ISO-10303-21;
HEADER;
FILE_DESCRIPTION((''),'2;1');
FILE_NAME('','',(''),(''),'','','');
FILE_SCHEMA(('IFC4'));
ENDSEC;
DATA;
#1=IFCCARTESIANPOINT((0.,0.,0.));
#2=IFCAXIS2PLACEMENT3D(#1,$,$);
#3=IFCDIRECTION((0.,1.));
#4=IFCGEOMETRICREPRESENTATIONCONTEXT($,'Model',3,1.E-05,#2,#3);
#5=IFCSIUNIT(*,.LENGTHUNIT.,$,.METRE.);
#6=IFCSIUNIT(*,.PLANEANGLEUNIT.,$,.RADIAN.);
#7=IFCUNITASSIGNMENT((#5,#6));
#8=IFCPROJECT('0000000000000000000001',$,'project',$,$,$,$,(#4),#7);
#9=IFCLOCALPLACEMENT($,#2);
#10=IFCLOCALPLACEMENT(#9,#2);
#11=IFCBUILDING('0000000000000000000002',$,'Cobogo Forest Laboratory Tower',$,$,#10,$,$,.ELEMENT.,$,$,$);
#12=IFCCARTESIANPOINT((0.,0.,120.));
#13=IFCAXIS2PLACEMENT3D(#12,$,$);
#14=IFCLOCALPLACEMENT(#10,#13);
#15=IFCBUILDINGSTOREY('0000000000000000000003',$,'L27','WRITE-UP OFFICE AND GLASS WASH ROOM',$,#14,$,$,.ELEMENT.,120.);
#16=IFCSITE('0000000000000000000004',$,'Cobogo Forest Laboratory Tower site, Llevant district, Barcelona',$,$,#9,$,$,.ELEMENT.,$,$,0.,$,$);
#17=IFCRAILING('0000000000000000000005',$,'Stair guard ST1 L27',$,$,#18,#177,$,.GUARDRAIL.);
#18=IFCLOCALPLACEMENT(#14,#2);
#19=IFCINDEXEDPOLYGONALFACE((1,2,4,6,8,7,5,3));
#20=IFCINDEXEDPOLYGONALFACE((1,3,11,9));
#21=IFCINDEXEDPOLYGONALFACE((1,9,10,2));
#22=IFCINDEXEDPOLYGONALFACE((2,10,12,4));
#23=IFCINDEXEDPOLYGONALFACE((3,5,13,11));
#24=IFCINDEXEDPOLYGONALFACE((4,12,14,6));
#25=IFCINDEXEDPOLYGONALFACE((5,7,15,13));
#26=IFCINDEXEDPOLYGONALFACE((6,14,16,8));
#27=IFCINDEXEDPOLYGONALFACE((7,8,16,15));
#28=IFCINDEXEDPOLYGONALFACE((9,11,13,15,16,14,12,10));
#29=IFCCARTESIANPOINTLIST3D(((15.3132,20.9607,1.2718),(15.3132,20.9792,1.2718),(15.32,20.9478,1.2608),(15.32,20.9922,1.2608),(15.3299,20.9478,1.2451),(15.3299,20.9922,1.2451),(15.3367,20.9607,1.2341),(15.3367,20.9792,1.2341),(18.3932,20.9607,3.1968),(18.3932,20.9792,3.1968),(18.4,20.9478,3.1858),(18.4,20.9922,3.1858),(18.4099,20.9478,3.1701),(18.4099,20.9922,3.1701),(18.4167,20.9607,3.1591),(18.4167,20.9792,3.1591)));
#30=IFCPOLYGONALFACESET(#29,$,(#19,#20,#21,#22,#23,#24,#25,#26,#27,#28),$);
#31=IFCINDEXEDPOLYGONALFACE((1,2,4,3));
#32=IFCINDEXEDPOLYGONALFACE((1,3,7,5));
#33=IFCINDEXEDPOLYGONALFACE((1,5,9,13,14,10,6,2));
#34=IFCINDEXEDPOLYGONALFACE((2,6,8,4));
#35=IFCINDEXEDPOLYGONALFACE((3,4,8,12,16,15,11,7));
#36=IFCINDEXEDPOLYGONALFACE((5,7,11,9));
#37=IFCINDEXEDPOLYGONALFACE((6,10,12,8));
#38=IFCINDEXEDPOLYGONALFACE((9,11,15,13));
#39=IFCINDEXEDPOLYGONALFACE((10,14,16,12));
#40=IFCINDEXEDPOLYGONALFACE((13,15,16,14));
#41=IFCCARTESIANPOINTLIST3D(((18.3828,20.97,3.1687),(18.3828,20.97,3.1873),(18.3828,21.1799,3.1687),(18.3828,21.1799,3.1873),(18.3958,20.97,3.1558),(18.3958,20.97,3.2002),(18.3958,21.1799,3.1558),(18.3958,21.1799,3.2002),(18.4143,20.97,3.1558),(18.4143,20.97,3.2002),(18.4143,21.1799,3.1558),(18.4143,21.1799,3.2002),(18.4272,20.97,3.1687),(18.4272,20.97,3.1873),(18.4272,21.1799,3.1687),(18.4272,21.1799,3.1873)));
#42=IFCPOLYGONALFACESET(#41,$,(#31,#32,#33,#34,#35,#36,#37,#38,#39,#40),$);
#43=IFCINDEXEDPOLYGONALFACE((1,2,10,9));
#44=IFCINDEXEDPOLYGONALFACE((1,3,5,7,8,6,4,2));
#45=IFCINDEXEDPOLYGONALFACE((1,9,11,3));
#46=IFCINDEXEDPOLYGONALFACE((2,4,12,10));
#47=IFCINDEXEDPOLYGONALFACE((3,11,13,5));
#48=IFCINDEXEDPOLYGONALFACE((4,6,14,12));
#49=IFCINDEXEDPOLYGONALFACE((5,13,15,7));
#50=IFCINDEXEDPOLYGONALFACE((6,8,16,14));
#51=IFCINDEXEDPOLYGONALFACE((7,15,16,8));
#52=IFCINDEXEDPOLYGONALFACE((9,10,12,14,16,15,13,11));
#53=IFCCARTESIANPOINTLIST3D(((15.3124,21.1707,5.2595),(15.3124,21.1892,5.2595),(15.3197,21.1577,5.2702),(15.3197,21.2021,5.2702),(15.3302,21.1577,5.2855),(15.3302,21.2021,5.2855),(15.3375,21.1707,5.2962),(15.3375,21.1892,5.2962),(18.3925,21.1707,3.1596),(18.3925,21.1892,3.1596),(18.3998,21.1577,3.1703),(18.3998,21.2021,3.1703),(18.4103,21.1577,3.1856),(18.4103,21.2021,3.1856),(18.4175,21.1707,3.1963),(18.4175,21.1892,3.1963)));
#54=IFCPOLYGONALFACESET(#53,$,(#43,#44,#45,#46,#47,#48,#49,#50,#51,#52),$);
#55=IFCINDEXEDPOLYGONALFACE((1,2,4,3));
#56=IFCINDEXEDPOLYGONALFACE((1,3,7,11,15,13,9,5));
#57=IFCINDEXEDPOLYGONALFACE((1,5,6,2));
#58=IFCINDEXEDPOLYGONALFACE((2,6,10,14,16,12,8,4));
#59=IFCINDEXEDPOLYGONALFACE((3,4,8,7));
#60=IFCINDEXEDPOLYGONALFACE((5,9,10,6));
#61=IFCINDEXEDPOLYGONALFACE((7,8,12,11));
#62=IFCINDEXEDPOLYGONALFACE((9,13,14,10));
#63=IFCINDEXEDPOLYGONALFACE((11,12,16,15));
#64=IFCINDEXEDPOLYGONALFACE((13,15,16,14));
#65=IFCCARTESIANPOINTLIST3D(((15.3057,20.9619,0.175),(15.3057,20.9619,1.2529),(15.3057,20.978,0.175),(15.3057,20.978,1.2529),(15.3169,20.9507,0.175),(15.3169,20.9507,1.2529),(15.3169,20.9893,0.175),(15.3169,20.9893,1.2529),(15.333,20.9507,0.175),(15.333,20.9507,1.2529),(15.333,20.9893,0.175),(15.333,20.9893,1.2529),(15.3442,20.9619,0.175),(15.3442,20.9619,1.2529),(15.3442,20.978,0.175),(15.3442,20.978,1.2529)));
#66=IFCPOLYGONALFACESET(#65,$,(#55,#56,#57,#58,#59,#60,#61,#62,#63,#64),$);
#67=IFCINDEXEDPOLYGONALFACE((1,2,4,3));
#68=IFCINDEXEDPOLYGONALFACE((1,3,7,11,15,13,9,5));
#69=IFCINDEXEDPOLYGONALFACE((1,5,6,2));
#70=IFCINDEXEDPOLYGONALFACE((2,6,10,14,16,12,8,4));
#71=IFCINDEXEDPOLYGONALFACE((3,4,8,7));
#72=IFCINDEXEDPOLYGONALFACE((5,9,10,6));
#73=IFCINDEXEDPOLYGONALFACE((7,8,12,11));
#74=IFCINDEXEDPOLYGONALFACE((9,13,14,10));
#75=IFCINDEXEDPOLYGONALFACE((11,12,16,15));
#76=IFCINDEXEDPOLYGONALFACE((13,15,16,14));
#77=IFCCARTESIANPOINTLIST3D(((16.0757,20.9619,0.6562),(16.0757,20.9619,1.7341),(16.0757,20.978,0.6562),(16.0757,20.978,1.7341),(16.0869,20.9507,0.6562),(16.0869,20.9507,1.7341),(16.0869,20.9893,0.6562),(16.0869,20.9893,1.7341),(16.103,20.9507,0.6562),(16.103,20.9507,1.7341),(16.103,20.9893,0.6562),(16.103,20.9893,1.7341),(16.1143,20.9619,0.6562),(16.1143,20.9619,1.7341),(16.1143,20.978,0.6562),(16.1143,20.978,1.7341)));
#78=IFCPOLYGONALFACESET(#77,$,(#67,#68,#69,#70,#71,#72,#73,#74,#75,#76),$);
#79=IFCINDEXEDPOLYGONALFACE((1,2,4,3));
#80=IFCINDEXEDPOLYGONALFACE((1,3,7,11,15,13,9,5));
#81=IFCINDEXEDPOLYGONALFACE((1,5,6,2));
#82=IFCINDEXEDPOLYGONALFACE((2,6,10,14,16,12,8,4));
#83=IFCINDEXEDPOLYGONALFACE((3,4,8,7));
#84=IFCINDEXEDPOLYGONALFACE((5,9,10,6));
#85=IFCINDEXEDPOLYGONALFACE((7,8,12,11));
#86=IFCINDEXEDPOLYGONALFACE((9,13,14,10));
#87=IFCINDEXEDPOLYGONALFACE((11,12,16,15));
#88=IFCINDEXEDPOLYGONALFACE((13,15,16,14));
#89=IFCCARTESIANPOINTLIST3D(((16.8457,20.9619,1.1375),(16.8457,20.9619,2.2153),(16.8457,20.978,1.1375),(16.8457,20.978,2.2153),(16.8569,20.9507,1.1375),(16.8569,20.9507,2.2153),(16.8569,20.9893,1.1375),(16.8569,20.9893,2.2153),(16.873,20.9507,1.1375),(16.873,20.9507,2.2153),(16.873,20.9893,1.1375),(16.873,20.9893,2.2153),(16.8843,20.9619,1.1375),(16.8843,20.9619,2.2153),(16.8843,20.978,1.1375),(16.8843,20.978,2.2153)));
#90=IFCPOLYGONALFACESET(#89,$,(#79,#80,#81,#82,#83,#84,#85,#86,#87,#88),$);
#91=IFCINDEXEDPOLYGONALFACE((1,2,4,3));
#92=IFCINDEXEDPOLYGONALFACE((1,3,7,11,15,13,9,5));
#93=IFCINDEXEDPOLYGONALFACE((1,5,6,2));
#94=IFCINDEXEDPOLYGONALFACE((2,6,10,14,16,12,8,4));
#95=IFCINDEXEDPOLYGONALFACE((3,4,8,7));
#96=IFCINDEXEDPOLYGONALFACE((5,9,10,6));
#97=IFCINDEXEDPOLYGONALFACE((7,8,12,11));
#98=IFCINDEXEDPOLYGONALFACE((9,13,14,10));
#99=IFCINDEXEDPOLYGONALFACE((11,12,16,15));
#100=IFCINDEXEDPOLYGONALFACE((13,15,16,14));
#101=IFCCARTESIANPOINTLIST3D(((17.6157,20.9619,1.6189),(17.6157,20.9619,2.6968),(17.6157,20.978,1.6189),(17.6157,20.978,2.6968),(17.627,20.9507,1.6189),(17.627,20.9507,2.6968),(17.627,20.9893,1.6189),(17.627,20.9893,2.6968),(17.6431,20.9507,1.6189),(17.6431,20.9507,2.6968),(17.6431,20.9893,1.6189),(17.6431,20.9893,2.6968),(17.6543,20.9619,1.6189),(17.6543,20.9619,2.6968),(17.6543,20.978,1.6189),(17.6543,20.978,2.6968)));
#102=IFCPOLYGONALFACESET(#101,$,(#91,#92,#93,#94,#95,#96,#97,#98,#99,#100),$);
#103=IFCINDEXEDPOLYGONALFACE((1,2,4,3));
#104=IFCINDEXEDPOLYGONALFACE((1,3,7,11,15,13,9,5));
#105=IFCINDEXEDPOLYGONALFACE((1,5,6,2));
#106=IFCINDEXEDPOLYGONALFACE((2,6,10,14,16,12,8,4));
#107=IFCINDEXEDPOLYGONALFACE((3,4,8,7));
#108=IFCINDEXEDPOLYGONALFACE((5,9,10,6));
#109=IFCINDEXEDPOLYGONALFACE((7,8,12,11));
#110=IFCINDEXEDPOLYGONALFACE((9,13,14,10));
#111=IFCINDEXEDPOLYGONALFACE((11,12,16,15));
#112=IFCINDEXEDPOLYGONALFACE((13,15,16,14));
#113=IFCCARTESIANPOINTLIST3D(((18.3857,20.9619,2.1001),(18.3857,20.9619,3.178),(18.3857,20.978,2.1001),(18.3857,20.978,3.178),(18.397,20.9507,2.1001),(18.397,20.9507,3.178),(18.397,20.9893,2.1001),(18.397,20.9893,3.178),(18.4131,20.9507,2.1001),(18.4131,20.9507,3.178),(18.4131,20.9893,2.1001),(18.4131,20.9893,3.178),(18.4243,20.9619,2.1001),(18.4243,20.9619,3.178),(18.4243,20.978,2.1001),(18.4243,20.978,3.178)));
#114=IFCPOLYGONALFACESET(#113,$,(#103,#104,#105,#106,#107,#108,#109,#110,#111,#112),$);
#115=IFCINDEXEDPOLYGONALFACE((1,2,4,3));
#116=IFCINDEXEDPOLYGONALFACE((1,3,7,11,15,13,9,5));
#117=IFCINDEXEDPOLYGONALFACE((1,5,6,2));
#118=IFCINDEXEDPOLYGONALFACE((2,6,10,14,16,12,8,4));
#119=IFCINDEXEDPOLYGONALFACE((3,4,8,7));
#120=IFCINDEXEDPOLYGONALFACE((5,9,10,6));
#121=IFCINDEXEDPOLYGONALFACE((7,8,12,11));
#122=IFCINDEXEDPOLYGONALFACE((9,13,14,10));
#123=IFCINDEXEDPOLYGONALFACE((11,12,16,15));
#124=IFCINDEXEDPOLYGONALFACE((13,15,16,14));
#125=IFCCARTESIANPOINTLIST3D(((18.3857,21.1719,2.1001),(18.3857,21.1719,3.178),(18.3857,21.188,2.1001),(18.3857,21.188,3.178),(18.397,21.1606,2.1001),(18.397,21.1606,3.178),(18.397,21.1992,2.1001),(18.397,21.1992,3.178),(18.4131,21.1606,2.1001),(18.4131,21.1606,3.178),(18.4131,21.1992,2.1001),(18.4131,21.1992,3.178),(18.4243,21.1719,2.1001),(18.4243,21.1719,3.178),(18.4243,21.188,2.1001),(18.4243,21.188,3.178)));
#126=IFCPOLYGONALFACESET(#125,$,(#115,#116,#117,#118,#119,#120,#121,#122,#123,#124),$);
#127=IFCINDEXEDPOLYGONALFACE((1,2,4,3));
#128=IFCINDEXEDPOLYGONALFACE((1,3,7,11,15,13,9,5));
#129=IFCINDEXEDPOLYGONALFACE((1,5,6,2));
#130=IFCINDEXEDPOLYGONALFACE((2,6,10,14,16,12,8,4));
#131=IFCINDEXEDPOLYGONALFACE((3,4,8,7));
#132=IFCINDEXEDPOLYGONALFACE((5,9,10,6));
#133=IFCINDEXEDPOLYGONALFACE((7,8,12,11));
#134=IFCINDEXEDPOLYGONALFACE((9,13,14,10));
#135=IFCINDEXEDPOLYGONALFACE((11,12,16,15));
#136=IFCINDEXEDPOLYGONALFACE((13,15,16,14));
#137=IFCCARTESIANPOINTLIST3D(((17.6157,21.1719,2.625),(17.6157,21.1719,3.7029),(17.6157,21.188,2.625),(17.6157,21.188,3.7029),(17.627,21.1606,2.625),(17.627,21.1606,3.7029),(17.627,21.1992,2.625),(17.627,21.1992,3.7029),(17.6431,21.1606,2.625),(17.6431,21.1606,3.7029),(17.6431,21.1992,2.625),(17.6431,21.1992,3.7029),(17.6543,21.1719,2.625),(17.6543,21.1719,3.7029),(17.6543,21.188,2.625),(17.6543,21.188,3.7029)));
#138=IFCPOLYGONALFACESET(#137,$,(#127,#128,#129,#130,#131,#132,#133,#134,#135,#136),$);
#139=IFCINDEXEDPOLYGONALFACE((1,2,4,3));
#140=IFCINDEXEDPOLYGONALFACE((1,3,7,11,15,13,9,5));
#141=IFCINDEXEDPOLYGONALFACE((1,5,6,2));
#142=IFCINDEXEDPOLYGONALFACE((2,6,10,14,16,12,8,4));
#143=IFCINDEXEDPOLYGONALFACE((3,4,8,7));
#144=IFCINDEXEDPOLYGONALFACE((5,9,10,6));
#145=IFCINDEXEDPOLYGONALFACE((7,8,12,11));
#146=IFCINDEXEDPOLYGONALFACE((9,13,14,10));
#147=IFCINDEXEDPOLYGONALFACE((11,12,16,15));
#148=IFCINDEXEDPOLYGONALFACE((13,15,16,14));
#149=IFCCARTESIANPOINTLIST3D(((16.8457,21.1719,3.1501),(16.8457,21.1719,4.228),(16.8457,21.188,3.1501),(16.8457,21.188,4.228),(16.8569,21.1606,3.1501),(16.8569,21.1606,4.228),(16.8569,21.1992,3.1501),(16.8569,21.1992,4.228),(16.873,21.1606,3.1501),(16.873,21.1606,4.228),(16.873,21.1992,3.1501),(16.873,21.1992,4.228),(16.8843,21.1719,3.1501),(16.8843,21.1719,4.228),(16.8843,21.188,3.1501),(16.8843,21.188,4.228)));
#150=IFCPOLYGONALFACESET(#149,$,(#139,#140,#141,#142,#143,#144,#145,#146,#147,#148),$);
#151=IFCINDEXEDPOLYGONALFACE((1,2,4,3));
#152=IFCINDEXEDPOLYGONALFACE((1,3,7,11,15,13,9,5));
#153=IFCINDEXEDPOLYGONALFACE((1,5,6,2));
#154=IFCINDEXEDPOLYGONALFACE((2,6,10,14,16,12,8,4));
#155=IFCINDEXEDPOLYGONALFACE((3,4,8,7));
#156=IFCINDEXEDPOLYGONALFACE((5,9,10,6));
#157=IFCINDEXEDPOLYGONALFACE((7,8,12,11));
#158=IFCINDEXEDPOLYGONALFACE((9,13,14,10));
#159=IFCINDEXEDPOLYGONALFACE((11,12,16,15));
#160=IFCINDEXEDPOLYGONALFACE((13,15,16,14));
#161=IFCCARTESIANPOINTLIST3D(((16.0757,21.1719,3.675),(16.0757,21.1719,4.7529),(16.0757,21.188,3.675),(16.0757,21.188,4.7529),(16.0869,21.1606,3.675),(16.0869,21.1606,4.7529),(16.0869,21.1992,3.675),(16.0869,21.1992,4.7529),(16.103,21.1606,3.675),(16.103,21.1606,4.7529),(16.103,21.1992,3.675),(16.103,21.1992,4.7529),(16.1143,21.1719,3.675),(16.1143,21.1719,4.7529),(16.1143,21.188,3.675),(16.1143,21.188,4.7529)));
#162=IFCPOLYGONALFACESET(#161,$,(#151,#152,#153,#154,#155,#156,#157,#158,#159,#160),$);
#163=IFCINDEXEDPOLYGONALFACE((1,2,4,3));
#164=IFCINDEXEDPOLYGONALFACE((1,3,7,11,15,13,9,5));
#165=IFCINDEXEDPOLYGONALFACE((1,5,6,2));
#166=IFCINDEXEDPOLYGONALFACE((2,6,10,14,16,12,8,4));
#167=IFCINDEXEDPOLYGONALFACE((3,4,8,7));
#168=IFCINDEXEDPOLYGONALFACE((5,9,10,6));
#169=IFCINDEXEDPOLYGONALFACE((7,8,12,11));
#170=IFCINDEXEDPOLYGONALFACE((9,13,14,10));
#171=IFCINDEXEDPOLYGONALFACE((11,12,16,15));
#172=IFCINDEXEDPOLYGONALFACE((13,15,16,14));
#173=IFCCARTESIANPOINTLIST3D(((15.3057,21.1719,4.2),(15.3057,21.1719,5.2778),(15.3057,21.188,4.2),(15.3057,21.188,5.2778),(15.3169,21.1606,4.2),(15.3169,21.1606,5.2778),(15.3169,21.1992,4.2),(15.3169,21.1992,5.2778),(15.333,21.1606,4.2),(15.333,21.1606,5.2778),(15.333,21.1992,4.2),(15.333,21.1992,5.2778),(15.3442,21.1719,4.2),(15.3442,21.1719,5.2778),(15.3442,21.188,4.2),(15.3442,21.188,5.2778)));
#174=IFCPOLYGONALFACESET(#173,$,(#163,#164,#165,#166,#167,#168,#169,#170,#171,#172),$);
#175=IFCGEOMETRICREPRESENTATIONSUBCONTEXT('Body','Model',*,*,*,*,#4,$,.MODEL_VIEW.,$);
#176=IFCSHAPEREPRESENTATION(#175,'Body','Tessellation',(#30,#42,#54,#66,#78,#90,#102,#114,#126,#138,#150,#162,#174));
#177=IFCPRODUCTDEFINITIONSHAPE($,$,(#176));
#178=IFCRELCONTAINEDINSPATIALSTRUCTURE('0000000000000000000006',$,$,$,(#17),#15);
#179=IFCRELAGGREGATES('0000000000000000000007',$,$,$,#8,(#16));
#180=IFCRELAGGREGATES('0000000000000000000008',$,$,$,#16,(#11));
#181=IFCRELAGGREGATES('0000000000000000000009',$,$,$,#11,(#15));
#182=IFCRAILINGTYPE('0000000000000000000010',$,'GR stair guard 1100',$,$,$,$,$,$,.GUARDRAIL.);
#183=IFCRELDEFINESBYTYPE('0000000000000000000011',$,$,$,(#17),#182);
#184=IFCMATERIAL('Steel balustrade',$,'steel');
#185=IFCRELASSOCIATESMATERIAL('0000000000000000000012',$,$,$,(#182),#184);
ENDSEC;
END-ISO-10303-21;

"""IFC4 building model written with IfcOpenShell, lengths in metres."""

from ifc_helpers import new_model, si_unit, direction, frame, origin, place, context, subcontext, project, spatial, polyline, outline, extrude, material, type_object, element, save


model = new_model("IFC4")

# Units and contexts
model_context = context("Model", 3, precision=1e-05, world=origin(), true_north=direction((0.0, 1.0)))
body_context = subcontext(model_context, "Body", "Model", "MODEL_VIEW")
ifc_project = project(units=[si_unit("LENGTHUNIT", "METRE"), si_unit("PLANEANGLEUNIT", "RADIAN")], contexts=[model_context])

# Site, building, storey
site_placement = place(None, origin())
site = spatial("IfcSite", under=ifc_project, at=site_placement, Name="Cobogo Forest Laboratory Tower site, Llevant district, Barcelona", CompositionType="ELEMENT", RefElevation=0.0)
building_placement = place(site_placement, origin())
building = spatial("IfcBuilding", under=site, at=building_placement, Name="Cobogo Forest Laboratory Tower", CompositionType="ELEMENT")
storey_placement = place(building_placement, frame((0.0, 0.0, 120.0)))
storey = spatial("IfcBuildingStorey", under=building, at=storey_placement, Name="L27", Description="WRITE-UP OFFICE AND GLASS WASH ROOM", CompositionType="ELEMENT", Elevation=120.0)

# Railing
ifc_material_1 = material(Name="Steel balustrade", Category="steel")
railing_type = type_object("IfcRailingType", Name="GR stair guard 1100", PredefinedType="GUARDRAIL", material=ifc_material_1)
railing_placement = place(storey_placement, frame((15.325, 20.97, 0.175)))
element("IfcRailing", 1, at=railing_placement, inside=storey, type_object=railing_type, Name="Stair guard ST1 L27", PredefinedType="GUARDRAIL", context=body_context, shape_type="SweptSolid", body=[
    extrude(outline(polyline([(0.0222, 0.0093), (0.0093, 0.0222), (-0.0093, 0.0222), (-0.0222, 0.0093), (-0.0222, -0.0093), (-0.0093, -0.0222), (0.0093, -0.0222), (0.0222, -0.0093), (0.0222, 0.0093)])), frame((0.0, 0.0, 1.0779), z_axis=(0.847998, 0.0, 0.529999), x_axis=(0.0, 1.0, 0.0)), (0.0, 0.0, 1.0), 3.6321),
    extrude(outline(polyline([(0.0222, 0.0093), (0.0093, 0.0222), (-0.0093, 0.0222), (-0.0222, 0.0093), (-0.0222, -0.0093), (-0.0093, -0.0222), (0.0093, -0.0222), (0.0222, -0.0093), (0.0222, 0.0093)])), frame((3.0801, 0.0, 3.0029), z_axis=(0.0, 1.0, 0.0), x_axis=(-1.0, 0.0, 0.0)), (0.0, 0.0, 1.0), 0.21),
    extrude(outline(polyline([(0.0222, 0.0093), (0.0093, 0.0222), (-0.0093, 0.0222), (-0.0222, 0.0093), (-0.0222, -0.0093), (-0.0093, -0.0222), (0.0093, -0.0222), (0.0222, -0.0093), (0.0222, 0.0093)])), frame((3.0801, 0.21, 3.0029), z_axis=(-0.826252, 0.0, 0.5633), x_axis=(0.0, -1.0, 0.0)), (0.0, 0.0, 1.0), 3.7278),
    extrude(outline(polyline([(0.0193, 0.0081), (0.0081, 0.0193), (-0.0081, 0.0193), (-0.0193, 0.0081), (-0.0193, -0.0081), (-0.0081, -0.0193), (0.0081, -0.0193), (0.0193, -0.0081), (0.0193, 0.0081)])), origin(), (0.0, 0.0, 1.0), 1.0779),
    extrude(outline(polyline([(0.0193, 0.0081), (0.0081, 0.0193), (-0.0081, 0.0193), (-0.0193, 0.0081), (-0.0193, -0.0081), (-0.0081, -0.0193), (0.0081, -0.0193), (0.0193, -0.0081), (0.0193, 0.0081)])), frame((0.77, 0.0, 0.4812)), (0.0, 0.0, 1.0), 1.0779),
    extrude(outline(polyline([(0.0193, 0.0081), (0.0081, 0.0193), (-0.0081, 0.0193), (-0.0193, 0.0081), (-0.0193, -0.0081), (-0.0081, -0.0193), (0.0081, -0.0193), (0.0193, -0.0081), (0.0193, 0.0081)])), frame((1.54, 0.0, 0.9624)), (0.0, 0.0, 1.0), 1.0779),
    extrude(outline(polyline([(0.0193, 0.0081), (0.0081, 0.0193), (-0.0081, 0.0193), (-0.0193, 0.0081), (-0.0193, -0.0081), (-0.0081, -0.0193), (0.0081, -0.0193), (0.0193, -0.0081), (0.0193, 0.0081)])), frame((2.3101, 0.0, 1.4438)), (0.0, 0.0, 1.0), 1.0779),
    extrude(outline(polyline([(0.0193, 0.0081), (0.0081, 0.0193), (-0.0081, 0.0193), (-0.0193, 0.0081), (-0.0193, -0.0081), (-0.0081, -0.0193), (0.0081, -0.0193), (0.0193, -0.0081), (0.0193, 0.0081)])), frame((3.0801, 0.0, 1.925)), (0.0, 0.0, 1.0), 1.0779),
    extrude(outline(polyline([(0.0193, 0.0081), (0.0081, 0.0193), (-0.0081, 0.0193), (-0.0193, 0.0081), (-0.0193, -0.0081), (-0.0081, -0.0193), (0.0081, -0.0193), (0.0193, -0.0081), (0.0193, 0.0081)])), frame((3.0801, 0.21, 1.925)), (0.0, 0.0, 1.0), 1.0779),
    extrude(outline(polyline([(0.0193, 0.0081), (0.0081, 0.0193), (-0.0081, 0.0193), (-0.0193, 0.0081), (-0.0193, -0.0081), (-0.0081, -0.0193), (0.0081, -0.0193), (0.0193, -0.0081), (0.0193, 0.0081)])), frame((2.3101, 0.21, 2.45)), (0.0, 0.0, 1.0), 1.0779),
    extrude(outline(polyline([(0.0193, 0.0081), (0.0081, 0.0193), (-0.0081, 0.0193), (-0.0193, 0.0081), (-0.0193, -0.0081), (-0.0081, -0.0193), (0.0081, -0.0193), (0.0193, -0.0081), (0.0193, 0.0081)])), frame((1.54, 0.21, 2.9751)), (0.0, 0.0, 1.0), 1.0779),
    extrude(outline(polyline([(0.0193, 0.0081), (0.0081, 0.0193), (-0.0081, 0.0193), (-0.0193, 0.0081), (-0.0193, -0.0081), (-0.0081, -0.0193), (0.0081, -0.0193), (0.0193, -0.0081), (0.0193, 0.0081)])), frame((0.77, 0.21, 3.5)), (0.0, 0.0, 1.0), 1.0779),
    extrude(outline(polyline([(0.0193, 0.0081), (0.0081, 0.0193), (-0.0081, 0.0193), (-0.0193, 0.0081), (-0.0193, -0.0081), (-0.0081, -0.0193), (0.0081, -0.0193), (0.0193, -0.0081), (0.0193, 0.0081)])), frame((0.0, 0.21, 4.0249)), (0.0, 0.0, 1.0), 1.0779),
])

save(model, "model.ifc")
